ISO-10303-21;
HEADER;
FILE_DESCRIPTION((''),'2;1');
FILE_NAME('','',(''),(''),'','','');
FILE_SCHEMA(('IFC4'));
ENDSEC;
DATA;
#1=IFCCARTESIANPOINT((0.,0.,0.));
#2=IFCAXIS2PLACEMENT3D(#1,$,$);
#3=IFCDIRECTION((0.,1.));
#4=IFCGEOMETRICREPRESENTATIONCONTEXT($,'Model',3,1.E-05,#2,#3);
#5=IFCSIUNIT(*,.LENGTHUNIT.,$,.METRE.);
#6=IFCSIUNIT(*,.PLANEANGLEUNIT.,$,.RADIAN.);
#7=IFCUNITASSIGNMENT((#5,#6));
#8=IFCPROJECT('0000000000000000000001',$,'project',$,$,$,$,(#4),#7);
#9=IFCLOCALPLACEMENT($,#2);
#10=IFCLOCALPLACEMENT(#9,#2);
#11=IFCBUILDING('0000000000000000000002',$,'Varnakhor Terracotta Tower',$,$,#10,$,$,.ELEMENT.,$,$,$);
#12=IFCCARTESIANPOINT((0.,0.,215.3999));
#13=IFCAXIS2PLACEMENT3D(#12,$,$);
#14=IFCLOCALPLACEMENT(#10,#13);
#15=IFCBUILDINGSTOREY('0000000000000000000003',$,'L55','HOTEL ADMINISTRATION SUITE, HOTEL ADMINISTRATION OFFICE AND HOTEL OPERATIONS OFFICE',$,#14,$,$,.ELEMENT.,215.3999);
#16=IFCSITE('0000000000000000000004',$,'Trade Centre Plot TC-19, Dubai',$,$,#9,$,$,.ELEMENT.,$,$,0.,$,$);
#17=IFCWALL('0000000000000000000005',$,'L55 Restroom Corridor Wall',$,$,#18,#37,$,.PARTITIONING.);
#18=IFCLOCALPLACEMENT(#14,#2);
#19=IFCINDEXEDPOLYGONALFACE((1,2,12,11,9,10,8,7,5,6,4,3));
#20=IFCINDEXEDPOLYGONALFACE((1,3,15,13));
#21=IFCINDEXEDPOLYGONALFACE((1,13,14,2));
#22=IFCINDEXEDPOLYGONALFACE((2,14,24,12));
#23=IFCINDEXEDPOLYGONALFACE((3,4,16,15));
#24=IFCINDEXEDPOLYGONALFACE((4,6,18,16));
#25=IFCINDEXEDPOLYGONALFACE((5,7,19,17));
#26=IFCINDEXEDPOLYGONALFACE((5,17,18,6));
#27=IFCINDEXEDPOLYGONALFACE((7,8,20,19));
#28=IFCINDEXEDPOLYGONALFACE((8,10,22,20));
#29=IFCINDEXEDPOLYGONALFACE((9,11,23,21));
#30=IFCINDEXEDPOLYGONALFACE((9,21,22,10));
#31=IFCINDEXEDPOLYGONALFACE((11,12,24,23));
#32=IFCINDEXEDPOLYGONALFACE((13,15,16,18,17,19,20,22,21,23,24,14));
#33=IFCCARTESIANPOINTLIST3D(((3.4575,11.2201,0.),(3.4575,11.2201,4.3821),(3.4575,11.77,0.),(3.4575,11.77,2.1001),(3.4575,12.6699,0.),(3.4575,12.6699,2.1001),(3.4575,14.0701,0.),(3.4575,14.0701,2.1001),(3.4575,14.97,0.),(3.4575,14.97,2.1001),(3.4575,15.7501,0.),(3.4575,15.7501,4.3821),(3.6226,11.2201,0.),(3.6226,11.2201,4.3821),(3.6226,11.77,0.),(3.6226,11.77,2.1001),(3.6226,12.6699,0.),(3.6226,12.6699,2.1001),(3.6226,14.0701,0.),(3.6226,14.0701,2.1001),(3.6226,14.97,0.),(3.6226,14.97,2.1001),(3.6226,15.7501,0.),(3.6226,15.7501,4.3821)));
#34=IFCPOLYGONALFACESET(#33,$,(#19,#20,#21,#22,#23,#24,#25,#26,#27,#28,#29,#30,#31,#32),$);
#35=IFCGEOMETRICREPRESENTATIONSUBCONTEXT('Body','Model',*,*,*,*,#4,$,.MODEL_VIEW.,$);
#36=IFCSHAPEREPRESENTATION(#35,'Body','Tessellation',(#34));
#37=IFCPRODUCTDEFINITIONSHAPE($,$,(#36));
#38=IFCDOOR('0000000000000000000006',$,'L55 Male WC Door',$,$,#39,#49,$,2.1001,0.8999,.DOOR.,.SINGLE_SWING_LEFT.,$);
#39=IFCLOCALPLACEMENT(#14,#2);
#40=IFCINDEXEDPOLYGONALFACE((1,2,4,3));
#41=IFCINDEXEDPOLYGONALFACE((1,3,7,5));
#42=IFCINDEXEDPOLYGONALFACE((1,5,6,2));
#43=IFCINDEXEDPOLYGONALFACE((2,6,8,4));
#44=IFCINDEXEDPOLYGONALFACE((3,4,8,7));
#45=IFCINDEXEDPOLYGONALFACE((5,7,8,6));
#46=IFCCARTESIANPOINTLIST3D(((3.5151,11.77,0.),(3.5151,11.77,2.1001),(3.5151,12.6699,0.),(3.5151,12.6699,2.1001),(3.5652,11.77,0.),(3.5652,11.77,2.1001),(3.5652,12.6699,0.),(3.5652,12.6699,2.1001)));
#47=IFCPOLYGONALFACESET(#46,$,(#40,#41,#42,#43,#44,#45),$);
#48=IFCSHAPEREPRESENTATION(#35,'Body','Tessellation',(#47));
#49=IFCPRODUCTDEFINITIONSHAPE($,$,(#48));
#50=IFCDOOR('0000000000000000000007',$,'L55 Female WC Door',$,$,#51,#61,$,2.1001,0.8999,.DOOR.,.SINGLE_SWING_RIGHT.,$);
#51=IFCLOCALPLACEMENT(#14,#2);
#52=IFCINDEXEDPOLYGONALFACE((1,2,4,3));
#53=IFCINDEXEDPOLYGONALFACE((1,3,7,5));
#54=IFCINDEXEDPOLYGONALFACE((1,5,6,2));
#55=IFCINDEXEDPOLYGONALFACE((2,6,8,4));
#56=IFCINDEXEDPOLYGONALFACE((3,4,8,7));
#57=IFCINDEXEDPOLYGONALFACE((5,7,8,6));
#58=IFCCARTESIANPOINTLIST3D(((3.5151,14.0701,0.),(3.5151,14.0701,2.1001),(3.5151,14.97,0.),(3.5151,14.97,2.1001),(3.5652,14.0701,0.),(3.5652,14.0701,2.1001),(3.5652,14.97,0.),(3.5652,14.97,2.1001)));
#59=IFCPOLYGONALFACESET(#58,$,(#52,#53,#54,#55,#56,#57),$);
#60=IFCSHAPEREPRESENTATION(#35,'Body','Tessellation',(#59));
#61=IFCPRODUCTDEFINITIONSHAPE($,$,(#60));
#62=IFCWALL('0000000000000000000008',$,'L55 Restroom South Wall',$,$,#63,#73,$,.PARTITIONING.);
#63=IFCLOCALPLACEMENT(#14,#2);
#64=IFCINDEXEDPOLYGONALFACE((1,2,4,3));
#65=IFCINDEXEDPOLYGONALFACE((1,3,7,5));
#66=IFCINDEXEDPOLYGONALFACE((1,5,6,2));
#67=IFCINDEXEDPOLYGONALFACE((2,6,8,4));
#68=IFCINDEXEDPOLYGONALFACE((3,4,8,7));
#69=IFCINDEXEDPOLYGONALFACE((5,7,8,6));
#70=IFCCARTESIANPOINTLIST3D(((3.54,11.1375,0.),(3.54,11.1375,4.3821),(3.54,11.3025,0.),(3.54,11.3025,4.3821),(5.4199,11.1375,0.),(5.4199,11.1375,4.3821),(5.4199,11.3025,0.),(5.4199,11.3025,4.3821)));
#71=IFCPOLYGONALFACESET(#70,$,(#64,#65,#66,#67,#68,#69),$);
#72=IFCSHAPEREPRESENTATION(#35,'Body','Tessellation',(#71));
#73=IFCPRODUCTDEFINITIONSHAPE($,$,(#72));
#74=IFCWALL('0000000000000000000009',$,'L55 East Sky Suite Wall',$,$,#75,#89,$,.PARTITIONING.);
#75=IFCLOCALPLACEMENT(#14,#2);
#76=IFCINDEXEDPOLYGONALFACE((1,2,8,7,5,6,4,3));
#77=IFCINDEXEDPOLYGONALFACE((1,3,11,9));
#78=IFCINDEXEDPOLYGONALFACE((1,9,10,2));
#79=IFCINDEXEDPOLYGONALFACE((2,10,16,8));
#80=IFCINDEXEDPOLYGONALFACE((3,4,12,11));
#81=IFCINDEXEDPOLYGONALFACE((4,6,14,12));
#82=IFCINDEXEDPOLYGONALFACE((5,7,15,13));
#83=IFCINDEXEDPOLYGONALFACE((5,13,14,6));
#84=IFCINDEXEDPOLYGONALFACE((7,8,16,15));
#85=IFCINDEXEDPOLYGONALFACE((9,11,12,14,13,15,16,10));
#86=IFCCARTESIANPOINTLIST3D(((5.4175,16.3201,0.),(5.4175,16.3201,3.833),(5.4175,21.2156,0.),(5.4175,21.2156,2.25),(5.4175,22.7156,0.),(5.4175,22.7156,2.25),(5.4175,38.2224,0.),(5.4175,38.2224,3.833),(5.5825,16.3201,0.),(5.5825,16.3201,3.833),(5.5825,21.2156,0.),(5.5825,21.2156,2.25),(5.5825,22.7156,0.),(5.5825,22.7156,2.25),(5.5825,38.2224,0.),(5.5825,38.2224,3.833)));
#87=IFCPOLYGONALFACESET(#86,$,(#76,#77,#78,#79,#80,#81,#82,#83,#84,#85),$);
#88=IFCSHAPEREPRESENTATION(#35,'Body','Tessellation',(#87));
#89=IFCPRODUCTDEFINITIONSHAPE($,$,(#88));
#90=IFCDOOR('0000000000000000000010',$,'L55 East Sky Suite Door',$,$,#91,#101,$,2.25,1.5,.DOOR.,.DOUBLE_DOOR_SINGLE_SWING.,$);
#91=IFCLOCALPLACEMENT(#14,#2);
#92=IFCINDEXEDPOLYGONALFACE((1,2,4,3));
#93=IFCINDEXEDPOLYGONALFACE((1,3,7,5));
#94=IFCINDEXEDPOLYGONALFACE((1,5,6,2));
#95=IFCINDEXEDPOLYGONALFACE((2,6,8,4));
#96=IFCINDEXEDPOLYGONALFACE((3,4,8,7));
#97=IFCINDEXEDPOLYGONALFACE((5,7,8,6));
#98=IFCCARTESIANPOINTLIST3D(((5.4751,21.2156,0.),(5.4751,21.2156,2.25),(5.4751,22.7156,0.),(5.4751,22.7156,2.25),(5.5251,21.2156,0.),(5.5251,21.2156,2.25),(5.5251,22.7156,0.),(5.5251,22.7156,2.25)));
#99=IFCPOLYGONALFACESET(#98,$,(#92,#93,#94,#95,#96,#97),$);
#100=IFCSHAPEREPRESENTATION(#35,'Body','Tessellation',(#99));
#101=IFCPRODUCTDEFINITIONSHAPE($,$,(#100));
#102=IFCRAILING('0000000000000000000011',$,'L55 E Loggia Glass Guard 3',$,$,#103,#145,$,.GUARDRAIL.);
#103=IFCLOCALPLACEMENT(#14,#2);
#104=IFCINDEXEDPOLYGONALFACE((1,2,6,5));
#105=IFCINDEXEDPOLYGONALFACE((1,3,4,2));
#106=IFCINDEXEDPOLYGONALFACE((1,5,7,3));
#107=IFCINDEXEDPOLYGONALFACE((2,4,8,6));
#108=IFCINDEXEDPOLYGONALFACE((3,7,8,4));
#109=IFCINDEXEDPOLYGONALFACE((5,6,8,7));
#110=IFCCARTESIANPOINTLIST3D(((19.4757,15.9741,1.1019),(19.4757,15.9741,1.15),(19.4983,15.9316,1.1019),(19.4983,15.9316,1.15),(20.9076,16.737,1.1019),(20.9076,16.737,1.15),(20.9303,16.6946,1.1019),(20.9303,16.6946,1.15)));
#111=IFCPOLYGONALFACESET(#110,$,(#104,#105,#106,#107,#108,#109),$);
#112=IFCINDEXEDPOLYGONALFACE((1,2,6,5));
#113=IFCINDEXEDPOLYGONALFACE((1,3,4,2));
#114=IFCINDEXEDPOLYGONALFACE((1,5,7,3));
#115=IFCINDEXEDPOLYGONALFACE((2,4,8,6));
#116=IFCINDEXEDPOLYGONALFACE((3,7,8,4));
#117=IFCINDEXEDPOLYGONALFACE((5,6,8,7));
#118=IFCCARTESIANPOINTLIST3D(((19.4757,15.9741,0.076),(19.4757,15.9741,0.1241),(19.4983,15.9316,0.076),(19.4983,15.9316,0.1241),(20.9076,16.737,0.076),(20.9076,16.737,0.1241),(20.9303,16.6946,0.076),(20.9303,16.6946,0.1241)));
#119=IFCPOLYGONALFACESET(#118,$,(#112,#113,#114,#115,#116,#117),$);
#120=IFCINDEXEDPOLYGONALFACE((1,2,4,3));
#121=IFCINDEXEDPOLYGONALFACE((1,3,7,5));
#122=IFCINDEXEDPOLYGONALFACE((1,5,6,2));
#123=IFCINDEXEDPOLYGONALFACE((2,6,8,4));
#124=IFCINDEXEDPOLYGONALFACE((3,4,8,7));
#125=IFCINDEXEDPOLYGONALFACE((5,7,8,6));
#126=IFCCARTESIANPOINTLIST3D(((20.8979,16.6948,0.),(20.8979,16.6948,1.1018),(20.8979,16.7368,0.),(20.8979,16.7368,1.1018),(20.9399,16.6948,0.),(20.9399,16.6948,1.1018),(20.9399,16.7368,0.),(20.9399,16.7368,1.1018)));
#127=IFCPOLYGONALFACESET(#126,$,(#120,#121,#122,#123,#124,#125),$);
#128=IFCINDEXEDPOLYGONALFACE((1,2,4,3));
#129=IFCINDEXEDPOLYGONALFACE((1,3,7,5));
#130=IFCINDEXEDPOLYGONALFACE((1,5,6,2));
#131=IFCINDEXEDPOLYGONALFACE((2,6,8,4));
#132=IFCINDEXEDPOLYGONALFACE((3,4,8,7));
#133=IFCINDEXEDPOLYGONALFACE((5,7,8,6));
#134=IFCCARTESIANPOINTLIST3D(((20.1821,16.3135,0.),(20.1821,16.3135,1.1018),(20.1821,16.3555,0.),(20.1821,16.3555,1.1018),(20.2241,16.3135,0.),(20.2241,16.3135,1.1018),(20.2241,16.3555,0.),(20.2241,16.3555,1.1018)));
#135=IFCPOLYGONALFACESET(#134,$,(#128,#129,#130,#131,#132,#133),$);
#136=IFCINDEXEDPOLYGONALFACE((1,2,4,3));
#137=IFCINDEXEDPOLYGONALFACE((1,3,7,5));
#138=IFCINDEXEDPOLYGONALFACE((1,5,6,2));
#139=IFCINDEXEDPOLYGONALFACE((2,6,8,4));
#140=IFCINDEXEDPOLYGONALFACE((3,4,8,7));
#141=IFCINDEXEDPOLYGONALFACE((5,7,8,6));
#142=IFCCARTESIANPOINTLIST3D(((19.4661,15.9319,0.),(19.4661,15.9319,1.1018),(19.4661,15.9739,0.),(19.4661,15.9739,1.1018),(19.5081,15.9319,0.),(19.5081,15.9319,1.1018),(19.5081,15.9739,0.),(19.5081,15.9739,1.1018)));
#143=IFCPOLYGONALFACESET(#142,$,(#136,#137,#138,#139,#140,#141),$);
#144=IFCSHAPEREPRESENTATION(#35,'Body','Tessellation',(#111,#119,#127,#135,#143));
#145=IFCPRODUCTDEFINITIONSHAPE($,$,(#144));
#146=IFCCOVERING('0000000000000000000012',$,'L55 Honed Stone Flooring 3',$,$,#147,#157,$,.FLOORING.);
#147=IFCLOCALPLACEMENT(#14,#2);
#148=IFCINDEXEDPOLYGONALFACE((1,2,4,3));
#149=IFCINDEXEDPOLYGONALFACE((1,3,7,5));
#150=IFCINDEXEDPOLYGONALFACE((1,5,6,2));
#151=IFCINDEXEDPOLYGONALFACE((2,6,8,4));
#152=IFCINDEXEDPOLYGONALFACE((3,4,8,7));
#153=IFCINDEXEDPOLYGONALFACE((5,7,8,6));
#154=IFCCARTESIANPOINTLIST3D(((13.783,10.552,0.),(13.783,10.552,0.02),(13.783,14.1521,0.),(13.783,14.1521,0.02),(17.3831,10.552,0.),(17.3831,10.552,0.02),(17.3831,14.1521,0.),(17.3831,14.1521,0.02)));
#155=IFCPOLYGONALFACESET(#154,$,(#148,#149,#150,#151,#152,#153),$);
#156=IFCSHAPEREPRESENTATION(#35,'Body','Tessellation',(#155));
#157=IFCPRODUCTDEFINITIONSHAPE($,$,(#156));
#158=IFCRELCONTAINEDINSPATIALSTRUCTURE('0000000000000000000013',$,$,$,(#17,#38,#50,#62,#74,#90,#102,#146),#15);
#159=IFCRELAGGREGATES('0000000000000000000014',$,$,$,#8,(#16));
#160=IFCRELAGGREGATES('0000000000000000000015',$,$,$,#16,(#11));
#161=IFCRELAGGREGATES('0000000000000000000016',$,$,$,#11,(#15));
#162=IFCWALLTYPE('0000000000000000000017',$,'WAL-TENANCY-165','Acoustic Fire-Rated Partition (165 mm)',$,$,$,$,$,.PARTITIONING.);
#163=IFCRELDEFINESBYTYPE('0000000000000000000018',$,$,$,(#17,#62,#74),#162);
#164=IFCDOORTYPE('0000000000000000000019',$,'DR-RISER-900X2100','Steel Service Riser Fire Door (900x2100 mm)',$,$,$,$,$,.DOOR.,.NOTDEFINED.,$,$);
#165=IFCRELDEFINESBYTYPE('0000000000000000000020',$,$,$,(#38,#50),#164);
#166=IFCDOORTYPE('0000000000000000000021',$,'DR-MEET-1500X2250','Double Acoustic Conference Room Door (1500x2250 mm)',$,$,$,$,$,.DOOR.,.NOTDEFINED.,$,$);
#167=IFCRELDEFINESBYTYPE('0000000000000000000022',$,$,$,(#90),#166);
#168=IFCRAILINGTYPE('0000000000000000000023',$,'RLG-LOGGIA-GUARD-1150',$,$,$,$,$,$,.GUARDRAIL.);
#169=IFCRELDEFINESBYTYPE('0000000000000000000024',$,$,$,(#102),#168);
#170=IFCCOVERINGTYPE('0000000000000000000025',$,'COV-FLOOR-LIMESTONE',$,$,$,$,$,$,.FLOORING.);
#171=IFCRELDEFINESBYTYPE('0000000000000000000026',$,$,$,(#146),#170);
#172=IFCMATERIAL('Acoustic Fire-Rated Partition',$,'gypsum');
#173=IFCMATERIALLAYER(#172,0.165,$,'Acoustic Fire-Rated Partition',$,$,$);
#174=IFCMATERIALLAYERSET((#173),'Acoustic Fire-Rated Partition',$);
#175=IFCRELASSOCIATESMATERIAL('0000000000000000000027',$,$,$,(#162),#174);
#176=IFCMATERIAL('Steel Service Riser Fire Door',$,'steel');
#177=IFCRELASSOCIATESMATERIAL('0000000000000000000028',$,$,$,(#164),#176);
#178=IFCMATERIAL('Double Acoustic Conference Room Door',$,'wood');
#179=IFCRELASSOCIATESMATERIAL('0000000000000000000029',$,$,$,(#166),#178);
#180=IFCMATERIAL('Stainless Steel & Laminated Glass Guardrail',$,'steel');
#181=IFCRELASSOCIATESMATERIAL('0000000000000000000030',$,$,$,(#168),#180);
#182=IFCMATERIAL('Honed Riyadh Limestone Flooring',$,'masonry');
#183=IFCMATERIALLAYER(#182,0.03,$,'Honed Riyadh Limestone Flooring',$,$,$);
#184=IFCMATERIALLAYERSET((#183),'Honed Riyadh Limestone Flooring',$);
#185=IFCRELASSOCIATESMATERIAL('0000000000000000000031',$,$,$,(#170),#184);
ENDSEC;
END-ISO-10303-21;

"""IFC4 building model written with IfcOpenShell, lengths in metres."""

from ifc_helpers import new_model, si_unit, direction, frame, frame_2d, origin, origin_2d, place, context, subcontext, project, spatial, rectangle, extrude, source, transform, mapped, material, layer, layer_set, type_object, type_shapes, element, fill, save


model = new_model("IFC4")

# Units and contexts
model_context = context("Model", 3, precision=1e-05, world=origin(), true_north=direction((0.0, 1.0)))
body_context = subcontext(model_context, "Body", "Model", "MODEL_VIEW")
ifc_project = project(units=[si_unit("LENGTHUNIT", "METRE"), si_unit("PLANEANGLEUNIT", "RADIAN")], contexts=[model_context])

# Site, building, storey
site_placement = place(None, origin())
site = spatial("IfcSite", under=ifc_project, at=site_placement, Name="Trade Centre Plot TC-19, Dubai", CompositionType="ELEMENT", RefElevation=0.0)
building_placement = place(site_placement, origin())
building = spatial("IfcBuilding", under=site, at=building_placement, Name="Varnakhor Terracotta Tower", CompositionType="ELEMENT")
storey_placement = place(building_placement, frame((0.0, 0.0, 215.3999)))
storey = spatial("IfcBuildingStorey", under=building, at=storey_placement, Name="L55", Description="HOTEL ADMINISTRATION SUITE, HOTEL ADMINISTRATION OFFICE AND HOTEL OPERATIONS OFFICE", CompositionType="ELEMENT", Elevation=215.3999)

# Shared definitions
ifc_material_1 = material(Name="Acoustic Fire-Rated Partition", Category="gypsum")
ifc_layer_1 = layer(ifc_material_1, 0.165, Name="Acoustic Fire-Rated Partition")
ifc_layer_set_1 = layer_set([ifc_layer_1], Name="Acoustic Fire-Rated Partition")
wall_type_1 = type_object("IfcWallType", Name="WAL-TENANCY-165", Description="Acoustic Fire-Rated Partition (165 mm)", PredefinedType="PARTITIONING", material=ifc_layer_set_1)

# Wall, openings, doors
wall_1_placement = place(storey_placement, frame((3.54, 11.22, 0.0), z_axis=(0.0, 0.0, 1.0), x_axis=(0.0, 1.0, 0.0)))
wall_1 = element("IfcWall", 1, at=wall_1_placement, inside=storey, type_object=wall_type_1, Name="L55 Restroom Corridor Wall", PredefinedType="PARTITIONING", context=body_context, shape_type="SweptSolid", body=[
    extrude(rectangle(XDim=4.53, YDim=0.165, at=frame_2d((2.2651, 0.0))), origin(), (0.0, 0.0, 1.0), 4.3821),
])
opening_1_placement = place(wall_1_placement, frame((0.55, 0.0, 0.0)))
opening_1 = element("IfcOpeningElement", 2, at=opening_1_placement, cuts=wall_1, PredefinedType="OPENING", context=body_context, shape_type="SweptSolid", body=[
    extrude(rectangle(XDim=0.8999, YDim=2.1001, at=frame_2d((0.45, 1.05))), frame((0.0, 0.0925, 0.0), z_axis=(0.0, -1.0, 0.0), x_axis=(1.0, 0.0, 0.0)), (0.0, 0.0, 1.0), 0.1851),
])
opening_2_placement = place(wall_1_placement, frame((2.8501, 0.0, 0.0)))
opening_2 = element("IfcOpeningElement", 3, at=opening_2_placement, cuts=wall_1, PredefinedType="OPENING", context=body_context, shape_type="SweptSolid", body=[
    extrude(rectangle(XDim=0.8999, YDim=2.1001, at=frame_2d((0.45, 1.05))), frame((0.0, 0.0925, 0.0), z_axis=(0.0, -1.0, 0.0), x_axis=(1.0, 0.0, 0.0)), (0.0, 0.0, 1.0), 0.1851),
])
ifc_material_2 = material(Name="Steel Service Riser Fire Door", Category="steel")
door_type_1 = type_object("IfcDoorType", Name="DR-RISER-900X2100", Description="Steel Service Riser Fire Door (900x2100 mm)", OperationType="NOTDEFINED", PredefinedType="DOOR", material=ifc_material_2)
shared_shape_1 = source(origin(), body_context, "Body", "SweptSolid", [
    extrude(rectangle(XDim=0.8999, YDim=2.1001, at=frame_2d((0.45, 1.05))), frame((0.0, 0.0249, 0.0), z_axis=(0.0, -1.0, 0.0), x_axis=(1.0, 0.0, 0.0)), (0.0, 0.0, 1.0), 0.05),
])
type_shapes(door_type_1, [shared_shape_1])
door_1_placement = place(opening_1_placement, origin())
door_1 = element("IfcDoor", 4, at=door_1_placement, inside=storey, type_object=door_type_1, Name="L55 Male WC Door", OperationType="SINGLE_SWING_LEFT", OverallHeight=2.1001, OverallWidth=0.8999, PredefinedType="DOOR", context=body_context, shape_type="MappedRepresentation", body=[
    mapped(shared_shape_1, transform((0.0, 0.0, 0.0), scale=1.0)),
])
fill(opening_1, door_1)
door_2_placement = place(opening_2_placement, origin())
door_2 = element("IfcDoor", 5, at=door_2_placement, inside=storey, type_object=door_type_1, Name="L55 Female WC Door", OperationType="SINGLE_SWING_RIGHT", OverallHeight=2.1001, OverallWidth=0.8999, PredefinedType="DOOR", context=body_context, shape_type="MappedRepresentation", body=[
    mapped(shared_shape_1, transform((0.0, 0.0, 0.0), scale=1.0)),
])
fill(opening_2, door_2)

# Wall
wall_2_placement = place(storey_placement, frame((3.54, 11.22, 0.0), z_axis=(0.0, 0.0, 1.0), x_axis=(1.0, 0.0, 0.0)))
element("IfcWall", 6, at=wall_2_placement, inside=storey, type_object=wall_type_1, Name="L55 Restroom South Wall", PredefinedType="PARTITIONING", context=body_context, shape_type="SweptSolid", body=[
    extrude(rectangle(XDim=1.8799, YDim=0.165, at=frame_2d((0.9399, 0.0))), origin(), (0.0, 0.0, 1.0), 4.3821),
])

# Wall, opening, door
wall_3_placement = place(storey_placement, frame((5.5, 16.3201, 0.0), z_axis=(0.0, 0.0, 1.0), x_axis=(0.0, 1.0, 0.0)))
wall_3 = element("IfcWall", 7, at=wall_3_placement, inside=storey, type_object=wall_type_1, Name="L55 East Sky Suite Wall", PredefinedType="PARTITIONING", context=body_context, shape_type="SweptSolid", body=[
    extrude(rectangle(XDim=21.9023, YDim=0.165, at=frame_2d((10.9512, 0.0))), origin(), (0.0, 0.0, 1.0), 3.833),
])
opening_3_placement = place(wall_3_placement, frame((4.8955, 0.0, 0.0)))
opening_3 = element("IfcOpeningElement", 8, at=opening_3_placement, cuts=wall_3, PredefinedType="OPENING", context=body_context, shape_type="SweptSolid", body=[
    extrude(rectangle(XDim=1.5, YDim=2.25, at=frame_2d((0.75, 1.125))), frame((0.0, 0.0925, 0.0), z_axis=(0.0, -1.0, 0.0), x_axis=(1.0, 0.0, 0.0)), (0.0, 0.0, 1.0), 0.1851),
])
ifc_material_3 = material(Name="Double Acoustic Conference Room Door", Category="wood")
door_type_2 = type_object("IfcDoorType", Name="DR-MEET-1500X2250", Description="Double Acoustic Conference Room Door (1500x2250 mm)", OperationType="NOTDEFINED", PredefinedType="DOOR", material=ifc_material_3)
shared_shape_2 = source(origin(), body_context, "Body", "SweptSolid", [
    extrude(rectangle(XDim=1.5, YDim=2.25, at=frame_2d((0.75, 1.125))), frame((0.0, 0.0249, 0.0), z_axis=(0.0, -1.0, 0.0), x_axis=(1.0, 0.0, 0.0)), (0.0, 0.0, 1.0), 0.05),
])
type_shapes(door_type_2, [shared_shape_2])
door_3_placement = place(opening_3_placement, origin())
door_3 = element("IfcDoor", 9, at=door_3_placement, inside=storey, type_object=door_type_2, Name="L55 East Sky Suite Door", OperationType="DOUBLE_DOOR_SINGLE_SWING", OverallHeight=2.25, OverallWidth=1.5, PredefinedType="DOOR", context=body_context, shape_type="MappedRepresentation", body=[
    mapped(shared_shape_2, transform((0.0, 0.0, 0.0), scale=1.0)),
])
fill(opening_3, door_3)

# Railing
ifc_material_4 = material(Name="Stainless Steel & Laminated Glass Guardrail", Category="steel")
railing_type = type_object("IfcRailingType", Name="RLG-LOGGIA-GUARD-1150", PredefinedType="GUARDRAIL", material=ifc_material_4)
railing_placement = place(storey_placement, frame((20.9189, 16.7158, 0.0)))
element("IfcRailing", 10, at=railing_placement, inside=storey, type_object=railing_type, Name="L55 E Loggia Glass Guard 3", PredefinedType="GUARDRAIL", context=body_context, shape_type="SweptSolid", body=[
    extrude(rectangle(XDim=0.0481, YDim=0.0481, at=origin_2d()), frame((0.0, 0.0, 1.126), z_axis=(-0.88254, -0.470237, 0.0), x_axis=(0.470237, -0.88254, 0.0)), (0.0, 0.0, 1.0), 1.6226),
    extrude(rectangle(XDim=0.0481, YDim=0.0481, at=origin_2d()), frame((0.0, 0.0, 0.1001), z_axis=(-0.88254, -0.470237, 0.0), x_axis=(0.470237, -0.88254, 0.0)), (0.0, 0.0, 1.0), 1.6226),
    extrude(rectangle(XDim=0.042, YDim=0.042, at=origin_2d()), origin(), (0.0, 0.0, 1.0), 1.1018),
    extrude(rectangle(XDim=0.042, YDim=0.042, at=origin_2d()), frame((-0.7158, -0.3813, 0.0)), (0.0, 0.0, 1.0), 1.1018),
    extrude(rectangle(XDim=0.042, YDim=0.042, at=origin_2d()), frame((-1.4319, -0.7629, 0.0)), (0.0, 0.0, 1.0), 1.1018),
])

# Covering
ifc_material_5 = material(Name="Honed Riyadh Limestone Flooring", Category="masonry")
ifc_layer_2 = layer(ifc_material_5, 0.03, Name="Honed Riyadh Limestone Flooring")
ifc_layer_set_2 = layer_set([ifc_layer_2], Name="Honed Riyadh Limestone Flooring")
covering_type = type_object("IfcCoveringType", Name="COV-FLOOR-LIMESTONE", PredefinedType="FLOORING", material=ifc_layer_set_2)
shared_shape_3 = source(origin(), body_context, "Body", "SweptSolid", [
    extrude(rectangle(XDim=3.6001, YDim=3.6001, at=origin_2d()), origin(), (0.0, 0.0, 1.0), 0.02),
])
covering_placement = place(storey_placement, frame((15.583, 12.3521, 0.0), z_axis=(0.0, 0.0, 1.0), x_axis=(1.0, 0.0, 0.0)))
element("IfcCovering", 11, at=covering_placement, inside=storey, type_object=covering_type, Name="L55 Honed Stone Flooring 3", PredefinedType="FLOORING", context=body_context, shape_type="MappedRepresentation", body=[
    mapped(shared_shape_3, transform((0.0, 0.0, 0.0), scale=1.0)),
])

save(model, "model.ifc")
